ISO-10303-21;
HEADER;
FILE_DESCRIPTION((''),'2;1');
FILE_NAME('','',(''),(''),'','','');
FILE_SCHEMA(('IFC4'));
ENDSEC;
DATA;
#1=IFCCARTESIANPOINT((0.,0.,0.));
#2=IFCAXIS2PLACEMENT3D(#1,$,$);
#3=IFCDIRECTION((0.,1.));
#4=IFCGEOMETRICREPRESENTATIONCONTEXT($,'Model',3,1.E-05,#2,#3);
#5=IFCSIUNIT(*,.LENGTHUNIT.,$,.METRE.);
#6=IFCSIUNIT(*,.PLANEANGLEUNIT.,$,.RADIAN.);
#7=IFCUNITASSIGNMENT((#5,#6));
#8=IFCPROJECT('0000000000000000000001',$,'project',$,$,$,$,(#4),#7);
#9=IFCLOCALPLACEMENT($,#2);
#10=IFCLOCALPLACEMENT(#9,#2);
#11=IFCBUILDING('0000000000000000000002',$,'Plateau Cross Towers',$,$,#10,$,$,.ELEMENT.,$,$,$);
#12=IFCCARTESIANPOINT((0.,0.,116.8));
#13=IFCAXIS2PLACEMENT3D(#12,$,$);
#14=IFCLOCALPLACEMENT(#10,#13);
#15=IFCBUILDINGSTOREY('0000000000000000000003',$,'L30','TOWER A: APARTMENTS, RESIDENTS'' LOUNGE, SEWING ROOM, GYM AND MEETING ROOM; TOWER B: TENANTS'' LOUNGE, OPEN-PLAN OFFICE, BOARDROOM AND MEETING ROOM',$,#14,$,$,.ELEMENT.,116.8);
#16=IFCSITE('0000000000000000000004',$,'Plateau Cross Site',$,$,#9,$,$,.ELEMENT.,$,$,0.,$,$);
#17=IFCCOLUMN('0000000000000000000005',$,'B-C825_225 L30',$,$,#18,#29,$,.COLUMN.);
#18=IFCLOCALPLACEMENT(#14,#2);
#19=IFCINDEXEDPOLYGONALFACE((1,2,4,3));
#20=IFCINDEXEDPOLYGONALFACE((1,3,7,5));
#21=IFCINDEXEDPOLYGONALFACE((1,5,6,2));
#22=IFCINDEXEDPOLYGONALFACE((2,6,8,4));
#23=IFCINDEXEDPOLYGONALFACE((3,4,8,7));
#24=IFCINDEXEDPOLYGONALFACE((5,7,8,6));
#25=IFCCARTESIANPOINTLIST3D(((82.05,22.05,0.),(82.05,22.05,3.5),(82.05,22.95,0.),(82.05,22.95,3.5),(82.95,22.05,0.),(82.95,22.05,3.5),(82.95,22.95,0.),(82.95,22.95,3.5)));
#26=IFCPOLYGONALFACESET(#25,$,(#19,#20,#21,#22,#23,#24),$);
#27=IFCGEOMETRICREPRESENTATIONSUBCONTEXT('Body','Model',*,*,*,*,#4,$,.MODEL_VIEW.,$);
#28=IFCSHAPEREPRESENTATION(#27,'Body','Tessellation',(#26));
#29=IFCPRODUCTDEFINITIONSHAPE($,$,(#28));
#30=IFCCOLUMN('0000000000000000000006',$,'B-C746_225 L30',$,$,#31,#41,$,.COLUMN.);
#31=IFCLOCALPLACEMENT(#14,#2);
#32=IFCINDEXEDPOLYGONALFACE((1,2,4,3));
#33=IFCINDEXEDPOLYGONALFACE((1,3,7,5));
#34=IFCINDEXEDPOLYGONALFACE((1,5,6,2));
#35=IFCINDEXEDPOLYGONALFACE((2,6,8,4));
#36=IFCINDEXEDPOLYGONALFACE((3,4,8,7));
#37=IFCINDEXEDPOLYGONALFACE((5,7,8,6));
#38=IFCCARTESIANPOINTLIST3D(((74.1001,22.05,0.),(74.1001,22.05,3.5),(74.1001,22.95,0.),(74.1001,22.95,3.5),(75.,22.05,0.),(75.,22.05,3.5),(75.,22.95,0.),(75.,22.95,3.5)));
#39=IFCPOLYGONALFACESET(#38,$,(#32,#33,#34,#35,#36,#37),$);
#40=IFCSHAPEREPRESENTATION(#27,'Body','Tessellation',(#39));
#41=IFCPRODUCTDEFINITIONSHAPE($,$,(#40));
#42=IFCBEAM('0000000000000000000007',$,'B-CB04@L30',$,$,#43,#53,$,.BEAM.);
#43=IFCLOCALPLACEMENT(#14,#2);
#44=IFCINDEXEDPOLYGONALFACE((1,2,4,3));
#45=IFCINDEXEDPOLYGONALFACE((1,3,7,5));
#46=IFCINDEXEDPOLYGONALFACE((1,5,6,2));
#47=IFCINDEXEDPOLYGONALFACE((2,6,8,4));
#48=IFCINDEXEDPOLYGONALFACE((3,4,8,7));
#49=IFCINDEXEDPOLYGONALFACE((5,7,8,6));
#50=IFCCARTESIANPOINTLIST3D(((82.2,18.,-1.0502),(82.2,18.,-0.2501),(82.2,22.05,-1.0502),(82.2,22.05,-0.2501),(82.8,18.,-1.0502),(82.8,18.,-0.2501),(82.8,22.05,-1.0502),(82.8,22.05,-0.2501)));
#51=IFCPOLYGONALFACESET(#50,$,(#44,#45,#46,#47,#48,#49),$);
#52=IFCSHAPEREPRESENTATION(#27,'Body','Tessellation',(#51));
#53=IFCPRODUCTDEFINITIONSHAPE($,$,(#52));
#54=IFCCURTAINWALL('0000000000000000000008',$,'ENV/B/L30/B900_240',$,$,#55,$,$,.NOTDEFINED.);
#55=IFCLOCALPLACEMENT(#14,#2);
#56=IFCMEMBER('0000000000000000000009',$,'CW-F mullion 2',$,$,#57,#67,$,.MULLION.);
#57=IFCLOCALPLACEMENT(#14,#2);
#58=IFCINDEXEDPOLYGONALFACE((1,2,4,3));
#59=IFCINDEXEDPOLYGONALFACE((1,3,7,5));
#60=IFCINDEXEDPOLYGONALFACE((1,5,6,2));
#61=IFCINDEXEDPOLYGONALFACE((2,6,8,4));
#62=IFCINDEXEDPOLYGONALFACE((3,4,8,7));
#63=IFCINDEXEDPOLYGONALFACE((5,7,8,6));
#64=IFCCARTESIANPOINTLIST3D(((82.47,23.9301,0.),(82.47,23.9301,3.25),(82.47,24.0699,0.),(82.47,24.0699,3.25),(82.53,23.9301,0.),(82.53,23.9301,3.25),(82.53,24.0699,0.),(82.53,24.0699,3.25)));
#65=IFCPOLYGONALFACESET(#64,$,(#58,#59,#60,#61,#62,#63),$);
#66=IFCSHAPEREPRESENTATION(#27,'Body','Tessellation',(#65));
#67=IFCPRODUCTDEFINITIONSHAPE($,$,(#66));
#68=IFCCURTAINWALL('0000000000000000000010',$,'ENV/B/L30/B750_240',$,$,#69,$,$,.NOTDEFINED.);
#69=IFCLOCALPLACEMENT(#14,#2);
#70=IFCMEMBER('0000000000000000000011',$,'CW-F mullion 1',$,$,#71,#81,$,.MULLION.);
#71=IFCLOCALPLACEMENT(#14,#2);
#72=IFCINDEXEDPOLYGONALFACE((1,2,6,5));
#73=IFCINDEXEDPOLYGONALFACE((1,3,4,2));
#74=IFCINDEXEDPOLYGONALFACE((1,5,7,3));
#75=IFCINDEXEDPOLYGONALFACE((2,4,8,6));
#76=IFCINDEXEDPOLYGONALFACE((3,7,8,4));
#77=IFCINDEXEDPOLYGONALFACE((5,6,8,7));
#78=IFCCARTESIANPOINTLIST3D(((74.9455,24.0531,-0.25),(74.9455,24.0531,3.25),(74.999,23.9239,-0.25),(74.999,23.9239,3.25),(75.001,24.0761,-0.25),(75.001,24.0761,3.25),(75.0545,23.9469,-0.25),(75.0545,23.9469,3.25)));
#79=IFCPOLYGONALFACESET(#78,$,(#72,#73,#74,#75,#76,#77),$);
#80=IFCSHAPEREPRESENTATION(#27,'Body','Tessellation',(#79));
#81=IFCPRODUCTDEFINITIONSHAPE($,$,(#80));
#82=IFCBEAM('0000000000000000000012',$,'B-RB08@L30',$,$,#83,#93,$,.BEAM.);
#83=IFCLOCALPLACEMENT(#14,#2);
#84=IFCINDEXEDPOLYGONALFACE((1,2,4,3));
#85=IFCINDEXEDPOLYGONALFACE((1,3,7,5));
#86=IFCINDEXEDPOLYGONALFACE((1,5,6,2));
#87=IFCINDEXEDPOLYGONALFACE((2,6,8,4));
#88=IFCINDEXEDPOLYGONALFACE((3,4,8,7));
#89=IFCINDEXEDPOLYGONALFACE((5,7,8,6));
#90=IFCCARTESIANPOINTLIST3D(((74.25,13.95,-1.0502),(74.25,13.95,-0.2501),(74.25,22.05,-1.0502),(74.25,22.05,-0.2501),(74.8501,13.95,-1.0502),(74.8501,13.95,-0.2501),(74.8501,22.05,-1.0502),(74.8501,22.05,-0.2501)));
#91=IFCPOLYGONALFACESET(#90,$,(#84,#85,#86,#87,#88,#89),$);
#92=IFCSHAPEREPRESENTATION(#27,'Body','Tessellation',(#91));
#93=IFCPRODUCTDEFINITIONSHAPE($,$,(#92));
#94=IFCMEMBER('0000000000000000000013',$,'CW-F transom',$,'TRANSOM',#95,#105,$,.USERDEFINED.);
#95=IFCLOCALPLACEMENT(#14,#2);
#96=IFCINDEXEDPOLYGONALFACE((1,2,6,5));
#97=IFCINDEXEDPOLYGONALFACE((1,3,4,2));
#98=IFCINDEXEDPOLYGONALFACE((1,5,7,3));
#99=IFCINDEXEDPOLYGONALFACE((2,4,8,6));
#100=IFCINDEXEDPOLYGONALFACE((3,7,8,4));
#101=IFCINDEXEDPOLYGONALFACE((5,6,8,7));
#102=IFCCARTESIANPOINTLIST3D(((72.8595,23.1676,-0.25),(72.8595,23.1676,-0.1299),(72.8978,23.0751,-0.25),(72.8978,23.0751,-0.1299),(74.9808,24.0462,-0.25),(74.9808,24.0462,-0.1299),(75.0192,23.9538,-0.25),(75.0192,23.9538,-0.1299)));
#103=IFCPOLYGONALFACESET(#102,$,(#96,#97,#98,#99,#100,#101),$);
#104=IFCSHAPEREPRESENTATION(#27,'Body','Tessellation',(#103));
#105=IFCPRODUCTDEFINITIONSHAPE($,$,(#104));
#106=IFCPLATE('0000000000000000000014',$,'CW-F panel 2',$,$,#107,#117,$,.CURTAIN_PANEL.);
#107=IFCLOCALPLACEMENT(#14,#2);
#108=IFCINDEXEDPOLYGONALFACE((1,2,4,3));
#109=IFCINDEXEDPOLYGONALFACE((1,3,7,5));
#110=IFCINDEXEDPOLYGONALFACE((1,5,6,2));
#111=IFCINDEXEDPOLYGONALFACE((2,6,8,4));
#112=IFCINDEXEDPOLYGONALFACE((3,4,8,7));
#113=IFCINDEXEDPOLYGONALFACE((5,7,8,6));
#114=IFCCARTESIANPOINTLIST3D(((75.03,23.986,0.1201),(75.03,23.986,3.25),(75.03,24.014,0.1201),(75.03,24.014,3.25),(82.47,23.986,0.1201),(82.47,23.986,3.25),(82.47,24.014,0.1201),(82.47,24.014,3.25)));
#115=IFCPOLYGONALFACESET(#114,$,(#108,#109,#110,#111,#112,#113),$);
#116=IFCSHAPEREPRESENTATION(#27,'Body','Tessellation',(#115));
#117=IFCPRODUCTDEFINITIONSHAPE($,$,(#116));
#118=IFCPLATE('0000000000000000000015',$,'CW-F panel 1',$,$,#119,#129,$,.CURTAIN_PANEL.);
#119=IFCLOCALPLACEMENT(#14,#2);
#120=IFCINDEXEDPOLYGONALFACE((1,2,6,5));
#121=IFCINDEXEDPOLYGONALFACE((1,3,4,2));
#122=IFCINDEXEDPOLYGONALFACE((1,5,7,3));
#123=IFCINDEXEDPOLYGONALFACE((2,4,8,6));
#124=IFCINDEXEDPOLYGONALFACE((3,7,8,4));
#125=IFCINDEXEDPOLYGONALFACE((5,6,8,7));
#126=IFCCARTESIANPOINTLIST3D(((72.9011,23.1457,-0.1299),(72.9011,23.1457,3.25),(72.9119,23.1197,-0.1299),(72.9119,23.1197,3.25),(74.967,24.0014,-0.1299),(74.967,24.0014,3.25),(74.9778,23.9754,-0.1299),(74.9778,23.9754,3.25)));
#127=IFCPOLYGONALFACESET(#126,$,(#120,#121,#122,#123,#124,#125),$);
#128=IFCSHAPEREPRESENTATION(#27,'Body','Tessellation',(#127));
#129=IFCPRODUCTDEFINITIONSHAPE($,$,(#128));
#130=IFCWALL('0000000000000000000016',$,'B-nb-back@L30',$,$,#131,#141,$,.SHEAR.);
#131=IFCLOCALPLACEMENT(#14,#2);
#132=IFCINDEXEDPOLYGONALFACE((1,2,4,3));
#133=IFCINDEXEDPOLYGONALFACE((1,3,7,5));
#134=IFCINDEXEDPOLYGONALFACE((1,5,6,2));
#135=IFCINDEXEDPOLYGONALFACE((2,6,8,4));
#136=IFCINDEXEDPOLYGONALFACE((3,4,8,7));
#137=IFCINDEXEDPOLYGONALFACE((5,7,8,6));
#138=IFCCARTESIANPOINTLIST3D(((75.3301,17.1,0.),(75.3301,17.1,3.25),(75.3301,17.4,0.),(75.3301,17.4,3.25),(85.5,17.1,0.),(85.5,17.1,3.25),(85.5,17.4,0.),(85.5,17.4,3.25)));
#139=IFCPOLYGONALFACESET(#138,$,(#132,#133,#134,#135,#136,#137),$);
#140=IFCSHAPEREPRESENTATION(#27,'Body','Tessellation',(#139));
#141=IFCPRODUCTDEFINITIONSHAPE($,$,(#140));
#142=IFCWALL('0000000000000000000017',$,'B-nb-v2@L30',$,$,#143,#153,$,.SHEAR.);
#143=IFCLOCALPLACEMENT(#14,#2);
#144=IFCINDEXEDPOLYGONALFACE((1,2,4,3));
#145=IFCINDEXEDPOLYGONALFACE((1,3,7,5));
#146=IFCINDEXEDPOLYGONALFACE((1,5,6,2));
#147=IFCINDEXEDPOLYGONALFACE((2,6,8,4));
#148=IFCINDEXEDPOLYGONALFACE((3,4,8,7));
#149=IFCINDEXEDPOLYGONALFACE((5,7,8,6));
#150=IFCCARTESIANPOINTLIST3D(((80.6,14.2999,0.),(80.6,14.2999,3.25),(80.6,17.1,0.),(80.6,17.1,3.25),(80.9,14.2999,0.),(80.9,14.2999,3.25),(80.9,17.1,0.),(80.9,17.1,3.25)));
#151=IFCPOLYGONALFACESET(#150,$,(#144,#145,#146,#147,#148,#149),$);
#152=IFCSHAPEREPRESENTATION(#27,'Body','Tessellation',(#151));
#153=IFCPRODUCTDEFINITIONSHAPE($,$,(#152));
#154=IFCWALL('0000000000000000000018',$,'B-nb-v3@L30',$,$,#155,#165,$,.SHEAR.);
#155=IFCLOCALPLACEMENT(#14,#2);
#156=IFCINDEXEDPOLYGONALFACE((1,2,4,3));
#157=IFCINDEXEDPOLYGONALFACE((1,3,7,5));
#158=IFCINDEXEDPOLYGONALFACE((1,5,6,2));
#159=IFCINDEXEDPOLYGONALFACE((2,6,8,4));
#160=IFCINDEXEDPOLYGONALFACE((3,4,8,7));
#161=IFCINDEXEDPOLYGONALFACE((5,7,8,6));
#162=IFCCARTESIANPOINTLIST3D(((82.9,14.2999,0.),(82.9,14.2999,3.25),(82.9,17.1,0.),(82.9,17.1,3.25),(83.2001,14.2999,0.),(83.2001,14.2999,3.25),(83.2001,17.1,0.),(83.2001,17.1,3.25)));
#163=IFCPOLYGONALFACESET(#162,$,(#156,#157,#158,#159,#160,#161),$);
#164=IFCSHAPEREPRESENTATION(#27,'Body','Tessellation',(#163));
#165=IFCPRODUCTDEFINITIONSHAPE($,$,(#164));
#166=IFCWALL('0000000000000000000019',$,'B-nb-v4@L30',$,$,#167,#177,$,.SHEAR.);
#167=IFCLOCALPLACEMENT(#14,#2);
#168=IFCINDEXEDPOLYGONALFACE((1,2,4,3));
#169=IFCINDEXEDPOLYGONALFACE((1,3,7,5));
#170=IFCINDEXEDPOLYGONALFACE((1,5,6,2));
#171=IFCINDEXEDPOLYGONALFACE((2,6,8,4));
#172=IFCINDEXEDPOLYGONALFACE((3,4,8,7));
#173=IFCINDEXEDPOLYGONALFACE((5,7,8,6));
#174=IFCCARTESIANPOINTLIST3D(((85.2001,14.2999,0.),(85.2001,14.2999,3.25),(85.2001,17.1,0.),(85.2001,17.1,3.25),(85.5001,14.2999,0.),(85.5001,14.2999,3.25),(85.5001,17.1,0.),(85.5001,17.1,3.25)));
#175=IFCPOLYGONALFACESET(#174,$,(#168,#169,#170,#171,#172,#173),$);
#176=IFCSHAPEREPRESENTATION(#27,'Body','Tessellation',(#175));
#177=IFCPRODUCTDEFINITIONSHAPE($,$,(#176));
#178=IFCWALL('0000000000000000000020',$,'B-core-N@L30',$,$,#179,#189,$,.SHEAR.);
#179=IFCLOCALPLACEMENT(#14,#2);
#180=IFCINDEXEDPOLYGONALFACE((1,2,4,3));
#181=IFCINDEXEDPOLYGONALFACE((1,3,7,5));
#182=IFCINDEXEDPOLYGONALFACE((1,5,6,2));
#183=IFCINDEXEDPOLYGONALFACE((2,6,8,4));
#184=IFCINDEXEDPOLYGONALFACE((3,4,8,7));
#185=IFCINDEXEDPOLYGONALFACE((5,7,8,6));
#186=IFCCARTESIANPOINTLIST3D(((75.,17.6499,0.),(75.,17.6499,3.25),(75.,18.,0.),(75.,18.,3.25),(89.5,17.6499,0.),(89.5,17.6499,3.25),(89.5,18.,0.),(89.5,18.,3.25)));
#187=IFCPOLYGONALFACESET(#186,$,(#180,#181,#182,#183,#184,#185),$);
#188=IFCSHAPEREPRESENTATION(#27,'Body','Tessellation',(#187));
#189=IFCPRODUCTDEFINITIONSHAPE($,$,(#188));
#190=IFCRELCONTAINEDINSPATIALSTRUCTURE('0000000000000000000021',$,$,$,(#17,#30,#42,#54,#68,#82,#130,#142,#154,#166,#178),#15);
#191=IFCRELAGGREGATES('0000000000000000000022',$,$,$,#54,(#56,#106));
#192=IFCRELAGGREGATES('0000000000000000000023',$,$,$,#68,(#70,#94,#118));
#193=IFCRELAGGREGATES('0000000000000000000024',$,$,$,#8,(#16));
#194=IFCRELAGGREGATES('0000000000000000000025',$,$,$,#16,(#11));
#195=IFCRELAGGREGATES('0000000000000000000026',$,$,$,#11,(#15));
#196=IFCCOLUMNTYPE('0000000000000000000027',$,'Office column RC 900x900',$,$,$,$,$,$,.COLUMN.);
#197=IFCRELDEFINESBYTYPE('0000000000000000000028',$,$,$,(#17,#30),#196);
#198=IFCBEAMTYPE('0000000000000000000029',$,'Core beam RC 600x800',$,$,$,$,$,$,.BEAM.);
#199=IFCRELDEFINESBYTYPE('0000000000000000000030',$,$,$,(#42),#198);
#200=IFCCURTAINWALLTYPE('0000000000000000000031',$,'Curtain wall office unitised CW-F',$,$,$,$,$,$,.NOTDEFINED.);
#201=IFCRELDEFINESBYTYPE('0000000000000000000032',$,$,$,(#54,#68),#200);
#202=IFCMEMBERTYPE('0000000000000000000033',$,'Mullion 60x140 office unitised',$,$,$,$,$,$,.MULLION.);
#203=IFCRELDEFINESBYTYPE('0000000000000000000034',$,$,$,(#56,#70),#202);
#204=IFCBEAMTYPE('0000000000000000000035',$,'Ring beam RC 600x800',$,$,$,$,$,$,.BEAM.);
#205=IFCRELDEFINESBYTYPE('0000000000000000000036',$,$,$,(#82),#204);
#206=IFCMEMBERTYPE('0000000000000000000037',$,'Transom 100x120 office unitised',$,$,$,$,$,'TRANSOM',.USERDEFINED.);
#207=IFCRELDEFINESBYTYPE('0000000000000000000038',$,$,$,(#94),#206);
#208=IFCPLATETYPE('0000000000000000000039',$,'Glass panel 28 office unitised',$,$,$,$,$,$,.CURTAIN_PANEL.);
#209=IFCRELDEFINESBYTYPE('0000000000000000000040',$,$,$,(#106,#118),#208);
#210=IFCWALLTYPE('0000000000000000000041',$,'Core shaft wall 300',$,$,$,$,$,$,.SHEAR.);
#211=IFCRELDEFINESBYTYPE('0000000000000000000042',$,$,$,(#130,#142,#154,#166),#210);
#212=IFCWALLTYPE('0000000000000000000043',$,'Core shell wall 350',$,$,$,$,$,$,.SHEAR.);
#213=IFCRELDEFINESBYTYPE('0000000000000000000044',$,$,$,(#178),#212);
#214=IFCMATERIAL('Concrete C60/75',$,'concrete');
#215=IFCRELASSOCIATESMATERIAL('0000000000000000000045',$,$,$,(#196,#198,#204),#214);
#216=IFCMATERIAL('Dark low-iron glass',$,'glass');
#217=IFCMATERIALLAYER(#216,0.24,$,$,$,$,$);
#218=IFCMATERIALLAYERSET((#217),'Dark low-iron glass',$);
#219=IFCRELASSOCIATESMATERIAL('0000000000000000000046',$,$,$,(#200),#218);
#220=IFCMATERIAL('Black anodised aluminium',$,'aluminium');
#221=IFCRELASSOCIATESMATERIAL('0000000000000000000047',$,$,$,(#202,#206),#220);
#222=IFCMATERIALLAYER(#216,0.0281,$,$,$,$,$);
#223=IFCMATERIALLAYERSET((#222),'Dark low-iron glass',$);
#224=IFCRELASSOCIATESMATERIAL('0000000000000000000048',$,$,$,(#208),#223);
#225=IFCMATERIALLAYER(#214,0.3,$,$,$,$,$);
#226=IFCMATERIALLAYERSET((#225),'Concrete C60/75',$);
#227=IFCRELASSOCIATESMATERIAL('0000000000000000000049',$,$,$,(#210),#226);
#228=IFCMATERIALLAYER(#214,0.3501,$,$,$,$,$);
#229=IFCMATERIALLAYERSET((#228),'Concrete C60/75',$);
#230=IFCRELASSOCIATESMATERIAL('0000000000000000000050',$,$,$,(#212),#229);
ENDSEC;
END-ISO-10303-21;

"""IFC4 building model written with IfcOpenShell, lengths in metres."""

from ifc_helpers import new_model, si_unit, direction, frame, frame_2d, origin, origin_2d, place, context, subcontext, project, spatial, rectangle, extrude, material, layer, layer_set, material_profile, profile_set, type_object, element, aggregate, save


model = new_model("IFC4")

# Units and contexts
model_context = context("Model", 3, precision=1e-05, world=origin(), true_north=direction((0.0, 1.0)))
body_context = subcontext(model_context, "Body", "Model", "MODEL_VIEW")
ifc_project = project(units=[si_unit("LENGTHUNIT", "METRE"), si_unit("PLANEANGLEUNIT", "RADIAN")], contexts=[model_context])

# Site, building, storey
site_placement = place(None, origin())
site = spatial("IfcSite", under=ifc_project, at=site_placement, Name="Plateau Cross Site", CompositionType="ELEMENT", RefElevation=0.0)
building_placement = place(site_placement, origin())
building = spatial("IfcBuilding", under=site, at=building_placement, Name="Plateau Cross Towers", CompositionType="ELEMENT")
storey_placement = place(building_placement, frame((0.0, 0.0, 116.8)))
storey = spatial("IfcBuildingStorey", under=building, at=storey_placement, Name="L30", Description="TOWER A: APARTMENTS, RESIDENTS' LOUNGE, SEWING ROOM, GYM AND MEETING ROOM; TOWER B: TENANTS' LOUNGE, OPEN-PLAN OFFICE, BOARDROOM AND MEETING ROOM", CompositionType="ELEMENT", Elevation=116.8)

# Columns
ifc_material_1 = material(Name="Concrete C60/75", Category="concrete")
ifc_material_profile_1 = material_profile(ifc_material_1, rectangle(XDim=0.8999, YDim=0.8999, at=origin_2d()), Name="RC 900x900")
ifc_profile_set_1 = profile_set([ifc_material_profile_1], Name="Concrete C60/75")
column_type = type_object("IfcColumnType", Name="Office column RC 900x900", PredefinedType="COLUMN", material=ifc_profile_set_1)
for number, where, z_axis, x_axis, name in (
    (1, (82.5, 22.5, 0.0), (0.0, 0.0, 1.0), (1.0, 0.0, 0.0), "B-C825_225 L30"),
    (2, (74.55, 22.5, 0.0), (0.0, 0.0, 1.0), (1.0, 0.0, 0.0), "B-C746_225 L30"),
):
    element("IfcColumn", number, at=place(storey_placement, frame(where, z_axis=z_axis, x_axis=x_axis)), inside=storey, type_object=column_type, Name=name, PredefinedType="COLUMN", context=body_context, shape_type="SweptSolid", body=[
        extrude(rectangle(XDim=0.8999, YDim=0.8999, at=origin_2d()), origin(), (0.0, 0.0, 1.0), 3.5),
    ])

# Beam
ifc_material_profile_2 = material_profile(ifc_material_1, rectangle(XDim=0.6001, YDim=0.8, at=origin_2d()), Name="RC 600x800")
ifc_profile_set_2 = profile_set([ifc_material_profile_2], Name="Concrete C60/75")
beam_type_1 = type_object("IfcBeamType", Name="Core beam RC 600x800", PredefinedType="BEAM", material=ifc_profile_set_2)
beam_1_placement = place(storey_placement, frame((82.5, 18.0, -0.6501), z_axis=(0.0, 1.0, 0.0), x_axis=(-1.0, 0.0, 0.0)))
element("IfcBeam", 3, at=beam_1_placement, inside=storey, type_object=beam_type_1, Name="B-CB04@L30", PredefinedType="BEAM", context=body_context, shape_type="SweptSolid", body=[
    extrude(rectangle(XDim=0.6001, YDim=0.8, at=origin_2d()), origin(), (0.0, 0.0, 1.0), 4.05),
])

# Curtain walls, members
ifc_material_2 = material(Name="Dark low-iron glass", Category="glass")
ifc_layer_1 = layer(ifc_material_2, 0.24)
ifc_layer_set_1 = layer_set([ifc_layer_1], Name="Dark low-iron glass")
curtain_wall_type = type_object("IfcCurtainWallType", Name="Curtain wall office unitised CW-F", PredefinedType="NOTDEFINED", material=ifc_layer_set_1)
curtain_wall_1_placement = place(storey_placement, origin())
curtain_wall_1 = element("IfcCurtainWall", 4, at=curtain_wall_1_placement, inside=storey, type_object=curtain_wall_type, Name="ENV/B/L30/B900_240", PredefinedType="NOTDEFINED")
ifc_material_3 = material(Name="Black anodised aluminium", Category="aluminium")
ifc_material_profile_3 = material_profile(ifc_material_3, rectangle(XDim=0.0601, YDim=0.1399, at=origin_2d()), Name="MULLION 60x140")
ifc_profile_set_3 = profile_set([ifc_material_profile_3], Name="Black anodised aluminium")
member_type_1 = type_object("IfcMemberType", Name="Mullion 60x140 office unitised", PredefinedType="MULLION", material=ifc_profile_set_3)
member_1_placement = place(storey_placement, frame((82.5, 24.0, 0.0), z_axis=(0.0, 0.0, 1.0), x_axis=(-1.0, 0.0, 0.0)))
member_1 = element("IfcMember", 5, at=member_1_placement, type_object=member_type_1, Name="CW-F mullion 2", PredefinedType="MULLION", context=body_context, shape_type="SweptSolid", body=[
    extrude(rectangle(XDim=0.0601, YDim=0.1399, at=origin_2d()), origin(), (0.0, 0.0, 1.0), 3.25),
])
curtain_wall_2_placement = place(storey_placement, origin())
curtain_wall_2 = element("IfcCurtainWall", 6, at=curtain_wall_2_placement, inside=storey, type_object=curtain_wall_type, Name="ENV/B/L30/B750_240", PredefinedType="NOTDEFINED")
member_2_placement = place(storey_placement, frame((75.0, 24.0, -0.25), z_axis=(0.0, 0.0, 1.0), x_axis=(-0.923879, -0.382684, 0.0)))
member_2 = element("IfcMember", 7, at=member_2_placement, type_object=member_type_1, Name="CW-F mullion 1", PredefinedType="MULLION", context=body_context, shape_type="SweptSolid", body=[
    extrude(rectangle(XDim=0.0601, YDim=0.1399, at=origin_2d()), origin(), (0.0, 0.0, 1.0), 3.5),
])

# Beam
ifc_material_profile_4 = material_profile(ifc_material_1, rectangle(XDim=0.6001, YDim=0.8, at=origin_2d()), Name="RC 600x800")
ifc_profile_set_4 = profile_set([ifc_material_profile_4], Name="Concrete C60/75")
beam_type_2 = type_object("IfcBeamType", Name="Ring beam RC 600x800", PredefinedType="BEAM", material=ifc_profile_set_4)
beam_2_placement = place(storey_placement, frame((74.55, 22.05, -0.6501), z_axis=(0.0, -1.0, 0.0), x_axis=(1.0, 0.0, 0.0)))
element("IfcBeam", 8, at=beam_2_placement, inside=storey, type_object=beam_type_2, Name="B-RB08@L30", PredefinedType="BEAM", context=body_context, shape_type="SweptSolid", body=[
    extrude(rectangle(XDim=0.6001, YDim=0.8, at=origin_2d()), origin(), (0.0, 0.0, 1.0), 8.1001),
])

# Member
ifc_material_profile_5 = material_profile(ifc_material_3, rectangle(XDim=0.1001, YDim=0.1201, at=origin_2d()), Name="TRANSOM 100x120")
ifc_profile_set_5 = profile_set([ifc_material_profile_5], Name="Black anodised aluminium")
member_type_2 = type_object("IfcMemberType", Name="Transom 100x120 office unitised", ElementType="TRANSOM", PredefinedType="USERDEFINED", material=ifc_profile_set_5)
member_3_placement = place(storey_placement, frame((75.0, 24.0, -0.1899), z_axis=(-0.923883, -0.382674, 0.0), x_axis=(0.382674, -0.923883, 0.0)))
member_3 = element("IfcMember", 9, at=member_3_placement, type_object=member_type_2, Name="CW-F transom", ObjectType="TRANSOM", PredefinedType="USERDEFINED", context=body_context, shape_type="SweptSolid", body=[
    extrude(rectangle(XDim=0.1001, YDim=0.1201, at=origin_2d()), origin(), (0.0, 0.0, 1.0), 2.2961),
])

# Plates
ifc_layer_2 = layer(ifc_material_2, 0.0281)
ifc_layer_set_2 = layer_set([ifc_layer_2], Name="Dark low-iron glass")
plate_type = type_object("IfcPlateType", Name="Glass panel 28 office unitised", PredefinedType="CURTAIN_PANEL", material=ifc_layer_set_2)
plate_1_placement = place(storey_placement, frame((78.75, 24.0, 0.1201), z_axis=(0.0, 0.0, 1.0), x_axis=(-1.0, 0.0, 0.0)))
plate_1 = element("IfcPlate", 10, at=plate_1_placement, type_object=plate_type, Name="CW-F panel 2", PredefinedType="CURTAIN_PANEL", context=body_context, shape_type="SweptSolid", body=[
    extrude(rectangle(XDim=7.4399, YDim=0.0281, at=origin_2d()), origin(), (0.0, 0.0, 1.0), 3.1299),
])
aggregate(curtain_wall_1, [member_1, plate_1])
plate_2_placement = place(storey_placement, frame((73.9395, 23.5605, -0.1299), z_axis=(0.0, 0.0, 1.0), x_axis=(-0.923879, -0.382684, 0.0)))
plate_2 = element("IfcPlate", 11, at=plate_2_placement, type_object=plate_type, Name="CW-F panel 1", PredefinedType="CURTAIN_PANEL", context=body_context, shape_type="SweptSolid", body=[
    extrude(rectangle(XDim=2.2361, YDim=0.0281, at=origin_2d()), origin(), (0.0, 0.0, 1.0), 3.3799),
])
aggregate(curtain_wall_2, [member_2, member_3, plate_2])

# Walls
ifc_layer_3 = layer(ifc_material_1, 0.3)
ifc_layer_set_3 = layer_set([ifc_layer_3], Name="Concrete C60/75")
wall_type_1 = type_object("IfcWallType", Name="Core shaft wall 300", PredefinedType="SHEAR", material=ifc_layer_set_3)
wall_1_placement = place(storey_placement, frame((75.3301, 17.25, 0.0), z_axis=(0.0, 0.0, 1.0), x_axis=(1.0, 0.0, 0.0)))
element("IfcWall", 12, at=wall_1_placement, inside=storey, type_object=wall_type_1, Name="B-nb-back@L30", PredefinedType="SHEAR", context=body_context, shape_type="SweptSolid", body=[
    extrude(rectangle(XDim=10.1699, YDim=0.3, at=frame_2d((5.085, 0.0))), origin(), (0.0, 0.0, 1.0), 3.25),
])
for number, where, z_axis, x_axis, name in (
    (13, (80.75, 14.3, 0.0), (0.0, 0.0, 1.0), (0.0, 1.0, 0.0), "B-nb-v2@L30"),
    (14, (83.05, 14.3, 0.0), (0.0, 0.0, 1.0), (0.0, 1.0, 0.0), "B-nb-v3@L30"),
    (15, (85.3501, 14.3, 0.0), (0.0, 0.0, 1.0), (0.0, 1.0, 0.0), "B-nb-v4@L30"),
):
    element("IfcWall", number, at=place(storey_placement, frame(where, z_axis=z_axis, x_axis=x_axis)), inside=storey, type_object=wall_type_1, Name=name, PredefinedType="SHEAR", context=body_context, shape_type="SweptSolid", body=[
        extrude(rectangle(XDim=2.8, YDim=0.3, at=frame_2d((1.3999, 0.0))), origin(), (0.0, 0.0, 1.0), 3.25),
    ])
ifc_layer_4 = layer(ifc_material_1, 0.3501)
ifc_layer_set_4 = layer_set([ifc_layer_4], Name="Concrete C60/75")
wall_type_2 = type_object("IfcWallType", Name="Core shell wall 350", PredefinedType="SHEAR", material=ifc_layer_set_4)
wall_2_placement = place(storey_placement, frame((75.0, 17.825, 0.0), z_axis=(0.0, 0.0, 1.0), x_axis=(1.0, 0.0, 0.0)))
element("IfcWall", 16, at=wall_2_placement, inside=storey, type_object=wall_type_2, Name="B-core-N@L30", PredefinedType="SHEAR", context=body_context, shape_type="SweptSolid", body=[
    extrude(rectangle(XDim=14.5, YDim=0.3501, at=frame_2d((7.25, 0.0))), origin(), (0.0, 0.0, 1.0), 3.25),
])

save(model, "model.ifc")
